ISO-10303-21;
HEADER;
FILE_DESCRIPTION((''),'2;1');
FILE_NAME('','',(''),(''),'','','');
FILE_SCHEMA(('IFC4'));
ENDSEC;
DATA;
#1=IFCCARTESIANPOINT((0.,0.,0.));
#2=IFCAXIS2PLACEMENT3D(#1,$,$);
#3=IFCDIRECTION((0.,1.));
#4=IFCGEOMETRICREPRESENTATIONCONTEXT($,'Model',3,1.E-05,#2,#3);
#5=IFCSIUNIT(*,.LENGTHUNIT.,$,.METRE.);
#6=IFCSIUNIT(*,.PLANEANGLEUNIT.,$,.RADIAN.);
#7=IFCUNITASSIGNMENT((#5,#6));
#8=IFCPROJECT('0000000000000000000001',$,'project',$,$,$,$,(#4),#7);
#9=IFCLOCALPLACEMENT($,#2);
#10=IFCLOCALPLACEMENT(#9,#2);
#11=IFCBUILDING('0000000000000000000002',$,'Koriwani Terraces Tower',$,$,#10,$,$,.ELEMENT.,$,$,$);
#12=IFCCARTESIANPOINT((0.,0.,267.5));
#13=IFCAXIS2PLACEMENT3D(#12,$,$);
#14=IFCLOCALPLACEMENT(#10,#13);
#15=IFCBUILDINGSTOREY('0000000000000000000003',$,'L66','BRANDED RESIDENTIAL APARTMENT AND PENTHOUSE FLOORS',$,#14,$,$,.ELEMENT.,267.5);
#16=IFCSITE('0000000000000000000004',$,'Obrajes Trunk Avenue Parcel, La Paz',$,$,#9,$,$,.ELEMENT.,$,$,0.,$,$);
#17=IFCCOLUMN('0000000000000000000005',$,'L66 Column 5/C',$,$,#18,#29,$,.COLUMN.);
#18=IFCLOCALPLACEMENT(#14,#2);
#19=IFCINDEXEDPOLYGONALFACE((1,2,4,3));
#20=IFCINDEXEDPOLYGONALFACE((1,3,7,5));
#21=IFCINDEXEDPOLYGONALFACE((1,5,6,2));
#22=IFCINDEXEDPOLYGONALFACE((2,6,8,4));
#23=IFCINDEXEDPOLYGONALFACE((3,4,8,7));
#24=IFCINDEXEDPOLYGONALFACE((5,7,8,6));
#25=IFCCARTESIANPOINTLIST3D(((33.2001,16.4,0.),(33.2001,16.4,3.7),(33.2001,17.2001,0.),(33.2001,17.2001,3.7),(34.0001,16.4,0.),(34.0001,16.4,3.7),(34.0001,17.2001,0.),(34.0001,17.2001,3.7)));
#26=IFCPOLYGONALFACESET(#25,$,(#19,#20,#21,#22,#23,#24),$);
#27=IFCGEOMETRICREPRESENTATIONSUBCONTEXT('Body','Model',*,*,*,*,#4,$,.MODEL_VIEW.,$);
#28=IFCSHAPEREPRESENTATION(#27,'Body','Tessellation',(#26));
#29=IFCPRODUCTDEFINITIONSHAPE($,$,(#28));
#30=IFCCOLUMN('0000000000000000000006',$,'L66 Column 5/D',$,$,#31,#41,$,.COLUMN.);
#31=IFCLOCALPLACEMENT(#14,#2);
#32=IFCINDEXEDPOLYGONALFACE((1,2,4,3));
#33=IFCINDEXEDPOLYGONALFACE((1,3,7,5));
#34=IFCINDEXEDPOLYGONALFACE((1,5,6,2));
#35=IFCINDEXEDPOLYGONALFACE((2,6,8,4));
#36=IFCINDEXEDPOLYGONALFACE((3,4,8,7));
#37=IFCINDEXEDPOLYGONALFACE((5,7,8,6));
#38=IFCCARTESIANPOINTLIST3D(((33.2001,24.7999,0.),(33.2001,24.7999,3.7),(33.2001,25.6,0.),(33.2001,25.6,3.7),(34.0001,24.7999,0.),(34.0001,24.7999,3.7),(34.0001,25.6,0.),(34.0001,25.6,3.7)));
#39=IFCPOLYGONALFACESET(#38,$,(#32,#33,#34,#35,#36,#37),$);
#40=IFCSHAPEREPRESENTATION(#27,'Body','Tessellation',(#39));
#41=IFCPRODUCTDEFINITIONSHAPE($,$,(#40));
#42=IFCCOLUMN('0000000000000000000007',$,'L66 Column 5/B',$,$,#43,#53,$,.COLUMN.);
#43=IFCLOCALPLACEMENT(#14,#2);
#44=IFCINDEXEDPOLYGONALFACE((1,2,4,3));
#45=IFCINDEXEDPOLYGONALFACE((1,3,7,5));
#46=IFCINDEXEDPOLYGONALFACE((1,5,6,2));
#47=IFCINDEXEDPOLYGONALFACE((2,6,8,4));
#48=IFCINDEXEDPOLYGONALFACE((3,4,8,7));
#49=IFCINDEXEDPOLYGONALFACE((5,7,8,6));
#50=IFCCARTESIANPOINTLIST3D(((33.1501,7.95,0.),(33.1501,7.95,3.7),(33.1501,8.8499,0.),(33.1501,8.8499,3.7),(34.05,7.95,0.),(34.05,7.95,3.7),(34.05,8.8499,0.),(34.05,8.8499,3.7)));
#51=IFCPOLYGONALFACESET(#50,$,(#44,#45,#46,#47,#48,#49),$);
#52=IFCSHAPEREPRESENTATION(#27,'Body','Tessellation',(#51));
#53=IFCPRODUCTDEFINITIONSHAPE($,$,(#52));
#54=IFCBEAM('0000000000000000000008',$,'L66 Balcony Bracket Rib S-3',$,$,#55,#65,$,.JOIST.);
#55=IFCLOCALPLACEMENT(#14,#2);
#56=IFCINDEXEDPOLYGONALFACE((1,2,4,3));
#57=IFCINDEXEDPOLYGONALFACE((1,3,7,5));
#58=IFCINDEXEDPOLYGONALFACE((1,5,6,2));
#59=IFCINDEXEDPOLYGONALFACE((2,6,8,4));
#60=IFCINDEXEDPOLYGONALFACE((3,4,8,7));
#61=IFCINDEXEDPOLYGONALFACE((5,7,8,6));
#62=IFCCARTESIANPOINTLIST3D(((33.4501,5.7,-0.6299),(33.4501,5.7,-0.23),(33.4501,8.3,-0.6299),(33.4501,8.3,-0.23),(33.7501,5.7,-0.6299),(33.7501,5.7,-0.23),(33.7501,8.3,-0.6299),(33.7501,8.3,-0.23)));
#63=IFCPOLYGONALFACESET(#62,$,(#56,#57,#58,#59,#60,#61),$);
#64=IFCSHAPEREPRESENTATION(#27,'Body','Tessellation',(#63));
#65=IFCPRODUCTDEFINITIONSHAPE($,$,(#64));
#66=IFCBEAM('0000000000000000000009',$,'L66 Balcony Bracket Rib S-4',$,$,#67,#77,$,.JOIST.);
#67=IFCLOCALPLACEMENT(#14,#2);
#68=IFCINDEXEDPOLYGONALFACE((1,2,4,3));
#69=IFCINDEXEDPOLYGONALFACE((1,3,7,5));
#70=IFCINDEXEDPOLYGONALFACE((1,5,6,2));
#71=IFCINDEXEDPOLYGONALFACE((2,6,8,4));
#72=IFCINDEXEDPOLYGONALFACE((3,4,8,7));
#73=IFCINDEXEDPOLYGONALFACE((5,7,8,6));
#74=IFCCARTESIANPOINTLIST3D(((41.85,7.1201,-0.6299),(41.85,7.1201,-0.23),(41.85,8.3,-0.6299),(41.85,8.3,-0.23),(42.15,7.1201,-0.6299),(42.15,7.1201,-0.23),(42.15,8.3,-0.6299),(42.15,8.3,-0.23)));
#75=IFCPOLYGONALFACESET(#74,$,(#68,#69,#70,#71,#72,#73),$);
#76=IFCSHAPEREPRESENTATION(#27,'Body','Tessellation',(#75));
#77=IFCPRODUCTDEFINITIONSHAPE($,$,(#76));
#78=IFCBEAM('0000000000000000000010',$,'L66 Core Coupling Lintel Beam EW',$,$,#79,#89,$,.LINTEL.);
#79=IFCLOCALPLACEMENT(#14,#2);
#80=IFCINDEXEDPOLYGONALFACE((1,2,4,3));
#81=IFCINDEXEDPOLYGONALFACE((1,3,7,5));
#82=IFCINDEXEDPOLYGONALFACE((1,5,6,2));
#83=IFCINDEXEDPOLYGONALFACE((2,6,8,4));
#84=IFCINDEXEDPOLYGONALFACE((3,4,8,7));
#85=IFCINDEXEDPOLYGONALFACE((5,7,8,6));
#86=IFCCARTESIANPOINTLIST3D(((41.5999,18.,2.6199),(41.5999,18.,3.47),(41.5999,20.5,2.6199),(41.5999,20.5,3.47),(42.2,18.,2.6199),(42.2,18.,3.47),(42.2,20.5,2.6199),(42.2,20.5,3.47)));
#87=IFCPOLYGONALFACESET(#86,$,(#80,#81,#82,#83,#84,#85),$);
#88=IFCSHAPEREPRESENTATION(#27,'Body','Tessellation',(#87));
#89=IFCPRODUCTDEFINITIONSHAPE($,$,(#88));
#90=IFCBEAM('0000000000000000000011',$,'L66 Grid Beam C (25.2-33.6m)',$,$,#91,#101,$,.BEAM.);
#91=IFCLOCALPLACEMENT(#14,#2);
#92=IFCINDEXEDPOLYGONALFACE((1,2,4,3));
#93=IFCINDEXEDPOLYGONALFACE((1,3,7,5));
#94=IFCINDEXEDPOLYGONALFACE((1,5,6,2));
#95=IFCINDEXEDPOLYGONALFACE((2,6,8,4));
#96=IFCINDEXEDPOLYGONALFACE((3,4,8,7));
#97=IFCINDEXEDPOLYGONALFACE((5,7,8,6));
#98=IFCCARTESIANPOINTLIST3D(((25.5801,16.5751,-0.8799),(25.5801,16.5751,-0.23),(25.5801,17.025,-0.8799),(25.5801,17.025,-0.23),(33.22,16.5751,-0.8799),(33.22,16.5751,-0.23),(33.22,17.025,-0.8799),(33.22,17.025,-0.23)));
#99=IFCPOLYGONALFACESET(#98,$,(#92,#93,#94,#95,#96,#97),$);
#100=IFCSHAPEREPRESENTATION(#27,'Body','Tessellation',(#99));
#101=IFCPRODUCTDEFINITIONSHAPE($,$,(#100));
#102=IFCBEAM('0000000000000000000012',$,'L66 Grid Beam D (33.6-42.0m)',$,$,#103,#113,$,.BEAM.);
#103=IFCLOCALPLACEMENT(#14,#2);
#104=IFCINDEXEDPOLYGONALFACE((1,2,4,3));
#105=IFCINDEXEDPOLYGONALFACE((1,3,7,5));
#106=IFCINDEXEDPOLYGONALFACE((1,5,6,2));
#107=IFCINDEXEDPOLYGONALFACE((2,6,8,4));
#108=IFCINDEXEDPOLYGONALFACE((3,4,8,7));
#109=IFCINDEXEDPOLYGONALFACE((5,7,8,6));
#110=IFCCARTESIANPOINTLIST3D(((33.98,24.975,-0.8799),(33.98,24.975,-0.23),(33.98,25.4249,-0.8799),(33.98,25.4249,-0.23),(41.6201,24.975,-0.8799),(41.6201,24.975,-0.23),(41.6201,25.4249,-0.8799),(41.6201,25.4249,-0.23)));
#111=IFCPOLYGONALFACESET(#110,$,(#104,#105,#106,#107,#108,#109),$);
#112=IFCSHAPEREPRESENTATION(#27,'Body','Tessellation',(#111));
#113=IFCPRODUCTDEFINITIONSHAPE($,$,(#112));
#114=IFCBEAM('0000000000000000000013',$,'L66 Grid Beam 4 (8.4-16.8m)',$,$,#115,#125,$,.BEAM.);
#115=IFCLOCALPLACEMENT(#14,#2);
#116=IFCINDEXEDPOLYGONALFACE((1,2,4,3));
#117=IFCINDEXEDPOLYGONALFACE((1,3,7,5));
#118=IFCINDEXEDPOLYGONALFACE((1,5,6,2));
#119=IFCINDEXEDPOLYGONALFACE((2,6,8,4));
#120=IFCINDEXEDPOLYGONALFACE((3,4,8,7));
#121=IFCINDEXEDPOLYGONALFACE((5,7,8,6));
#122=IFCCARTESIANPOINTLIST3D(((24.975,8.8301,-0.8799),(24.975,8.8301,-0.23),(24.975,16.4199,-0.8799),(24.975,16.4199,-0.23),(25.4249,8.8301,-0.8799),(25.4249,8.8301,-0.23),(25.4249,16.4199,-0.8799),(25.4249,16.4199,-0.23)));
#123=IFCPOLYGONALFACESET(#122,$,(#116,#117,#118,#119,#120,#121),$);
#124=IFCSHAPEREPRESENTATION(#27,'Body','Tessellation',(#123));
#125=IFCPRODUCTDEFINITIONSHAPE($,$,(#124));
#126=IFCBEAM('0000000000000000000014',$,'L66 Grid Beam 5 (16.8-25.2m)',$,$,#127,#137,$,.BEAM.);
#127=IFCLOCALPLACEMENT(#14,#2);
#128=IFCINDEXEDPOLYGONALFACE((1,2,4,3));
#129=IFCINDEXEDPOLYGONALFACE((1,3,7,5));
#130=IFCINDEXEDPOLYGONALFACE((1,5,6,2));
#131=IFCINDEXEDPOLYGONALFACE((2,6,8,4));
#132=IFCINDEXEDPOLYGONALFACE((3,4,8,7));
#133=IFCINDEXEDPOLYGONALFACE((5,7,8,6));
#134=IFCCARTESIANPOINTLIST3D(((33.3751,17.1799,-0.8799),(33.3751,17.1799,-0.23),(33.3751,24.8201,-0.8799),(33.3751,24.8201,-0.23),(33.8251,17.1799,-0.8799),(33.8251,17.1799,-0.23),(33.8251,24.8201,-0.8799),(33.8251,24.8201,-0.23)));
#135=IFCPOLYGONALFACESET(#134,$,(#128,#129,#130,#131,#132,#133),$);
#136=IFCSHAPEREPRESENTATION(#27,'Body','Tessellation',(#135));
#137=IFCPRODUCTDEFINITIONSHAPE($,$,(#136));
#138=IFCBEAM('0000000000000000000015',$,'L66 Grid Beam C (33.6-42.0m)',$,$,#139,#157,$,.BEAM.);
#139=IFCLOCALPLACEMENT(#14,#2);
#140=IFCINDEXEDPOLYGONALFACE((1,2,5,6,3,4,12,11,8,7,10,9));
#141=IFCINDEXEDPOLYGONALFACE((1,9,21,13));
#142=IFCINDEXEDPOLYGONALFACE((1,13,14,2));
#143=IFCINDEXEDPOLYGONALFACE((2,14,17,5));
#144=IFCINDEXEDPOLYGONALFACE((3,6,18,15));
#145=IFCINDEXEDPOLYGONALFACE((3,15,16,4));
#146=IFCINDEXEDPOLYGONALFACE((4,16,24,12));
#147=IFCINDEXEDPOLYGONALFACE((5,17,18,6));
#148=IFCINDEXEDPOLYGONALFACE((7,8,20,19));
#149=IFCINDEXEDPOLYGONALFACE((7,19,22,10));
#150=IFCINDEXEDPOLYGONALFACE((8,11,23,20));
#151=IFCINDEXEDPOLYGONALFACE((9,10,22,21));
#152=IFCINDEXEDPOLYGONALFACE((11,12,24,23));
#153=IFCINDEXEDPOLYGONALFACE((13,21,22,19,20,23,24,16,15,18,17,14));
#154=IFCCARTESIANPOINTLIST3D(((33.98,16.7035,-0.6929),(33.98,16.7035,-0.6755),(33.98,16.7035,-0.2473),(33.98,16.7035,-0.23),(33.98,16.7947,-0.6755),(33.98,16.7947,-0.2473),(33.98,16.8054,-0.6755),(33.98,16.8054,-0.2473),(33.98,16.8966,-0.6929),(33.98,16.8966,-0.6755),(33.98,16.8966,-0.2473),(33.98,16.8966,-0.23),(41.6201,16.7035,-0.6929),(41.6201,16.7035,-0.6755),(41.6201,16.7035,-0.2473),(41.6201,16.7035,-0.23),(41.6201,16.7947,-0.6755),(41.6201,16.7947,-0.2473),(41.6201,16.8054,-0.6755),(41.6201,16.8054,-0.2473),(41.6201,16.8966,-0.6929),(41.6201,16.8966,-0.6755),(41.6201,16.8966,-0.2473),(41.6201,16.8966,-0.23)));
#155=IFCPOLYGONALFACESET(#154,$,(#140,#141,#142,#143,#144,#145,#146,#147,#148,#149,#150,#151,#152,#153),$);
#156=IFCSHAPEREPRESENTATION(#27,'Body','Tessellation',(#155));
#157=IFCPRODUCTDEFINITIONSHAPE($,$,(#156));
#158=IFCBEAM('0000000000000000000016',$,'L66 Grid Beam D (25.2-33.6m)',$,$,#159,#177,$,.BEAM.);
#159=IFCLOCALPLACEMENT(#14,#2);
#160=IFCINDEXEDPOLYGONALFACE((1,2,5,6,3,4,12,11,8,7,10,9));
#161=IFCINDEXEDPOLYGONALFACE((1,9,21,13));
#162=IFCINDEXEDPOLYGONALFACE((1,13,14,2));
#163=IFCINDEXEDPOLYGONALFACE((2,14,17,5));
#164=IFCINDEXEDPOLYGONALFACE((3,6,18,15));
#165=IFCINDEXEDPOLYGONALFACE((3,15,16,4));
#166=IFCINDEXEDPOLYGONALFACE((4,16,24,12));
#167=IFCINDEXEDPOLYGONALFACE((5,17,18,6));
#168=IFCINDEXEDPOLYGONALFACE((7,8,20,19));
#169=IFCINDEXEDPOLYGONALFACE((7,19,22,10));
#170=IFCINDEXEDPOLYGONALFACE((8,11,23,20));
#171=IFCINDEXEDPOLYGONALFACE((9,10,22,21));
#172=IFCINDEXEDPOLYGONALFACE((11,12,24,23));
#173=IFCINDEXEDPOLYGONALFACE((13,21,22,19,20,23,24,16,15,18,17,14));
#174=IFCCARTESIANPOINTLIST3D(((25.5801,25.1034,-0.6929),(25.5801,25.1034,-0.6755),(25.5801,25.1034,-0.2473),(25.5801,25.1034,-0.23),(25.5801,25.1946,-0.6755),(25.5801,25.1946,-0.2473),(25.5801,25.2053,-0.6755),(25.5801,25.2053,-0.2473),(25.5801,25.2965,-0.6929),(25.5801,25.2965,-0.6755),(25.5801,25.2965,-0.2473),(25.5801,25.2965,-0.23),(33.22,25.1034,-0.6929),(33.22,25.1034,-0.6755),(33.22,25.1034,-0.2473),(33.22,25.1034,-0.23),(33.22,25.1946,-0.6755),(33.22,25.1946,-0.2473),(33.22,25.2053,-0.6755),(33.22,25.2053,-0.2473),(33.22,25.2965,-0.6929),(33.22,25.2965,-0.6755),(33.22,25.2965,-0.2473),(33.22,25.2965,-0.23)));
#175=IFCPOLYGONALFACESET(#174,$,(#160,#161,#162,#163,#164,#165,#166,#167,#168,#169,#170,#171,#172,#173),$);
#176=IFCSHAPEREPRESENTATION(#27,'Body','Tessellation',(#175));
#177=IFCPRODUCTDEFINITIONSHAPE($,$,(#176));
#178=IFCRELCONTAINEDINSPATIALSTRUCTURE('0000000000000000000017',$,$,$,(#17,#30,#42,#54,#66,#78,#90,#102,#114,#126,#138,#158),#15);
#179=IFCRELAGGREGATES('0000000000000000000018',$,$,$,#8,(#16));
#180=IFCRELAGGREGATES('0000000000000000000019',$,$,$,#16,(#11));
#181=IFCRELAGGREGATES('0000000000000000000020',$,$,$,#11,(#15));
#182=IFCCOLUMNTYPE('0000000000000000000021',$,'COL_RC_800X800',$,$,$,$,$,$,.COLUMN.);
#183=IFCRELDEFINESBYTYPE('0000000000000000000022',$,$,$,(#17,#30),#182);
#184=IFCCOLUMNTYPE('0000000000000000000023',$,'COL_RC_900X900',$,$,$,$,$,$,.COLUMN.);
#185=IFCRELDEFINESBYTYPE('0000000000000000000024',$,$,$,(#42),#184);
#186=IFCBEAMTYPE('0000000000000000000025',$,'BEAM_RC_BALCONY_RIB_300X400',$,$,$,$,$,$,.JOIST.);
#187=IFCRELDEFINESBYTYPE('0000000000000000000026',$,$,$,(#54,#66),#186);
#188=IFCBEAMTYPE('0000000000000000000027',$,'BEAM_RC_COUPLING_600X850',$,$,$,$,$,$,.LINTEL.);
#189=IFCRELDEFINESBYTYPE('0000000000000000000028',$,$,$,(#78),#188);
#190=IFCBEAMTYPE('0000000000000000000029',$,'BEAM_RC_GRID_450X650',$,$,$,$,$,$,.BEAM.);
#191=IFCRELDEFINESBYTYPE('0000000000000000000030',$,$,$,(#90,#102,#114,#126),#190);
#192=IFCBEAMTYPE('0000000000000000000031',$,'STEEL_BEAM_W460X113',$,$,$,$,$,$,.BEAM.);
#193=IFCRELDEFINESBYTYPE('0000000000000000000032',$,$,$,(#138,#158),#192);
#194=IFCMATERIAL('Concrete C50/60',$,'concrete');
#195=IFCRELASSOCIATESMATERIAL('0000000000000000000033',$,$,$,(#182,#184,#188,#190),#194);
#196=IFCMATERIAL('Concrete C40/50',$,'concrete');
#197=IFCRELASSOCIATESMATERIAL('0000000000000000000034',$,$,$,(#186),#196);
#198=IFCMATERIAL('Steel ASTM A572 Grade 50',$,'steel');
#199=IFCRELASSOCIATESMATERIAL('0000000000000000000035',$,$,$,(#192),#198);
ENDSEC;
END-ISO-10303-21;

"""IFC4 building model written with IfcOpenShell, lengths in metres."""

from ifc_helpers import new_model, si_unit, direction, frame, origin, origin_2d, place, context, subcontext, project, spatial, rectangle, i_section, extrude, material, material_profile, profile_set, type_object, element, save


model = new_model("IFC4")

# Units and contexts
model_context = context("Model", 3, precision=1e-05, world=origin(), true_north=direction((0.0, 1.0)))
body_context = subcontext(model_context, "Body", "Model", "MODEL_VIEW")
ifc_project = project(units=[si_unit("LENGTHUNIT", "METRE"), si_unit("PLANEANGLEUNIT", "RADIAN")], contexts=[model_context])

# Site, building, storey
site_placement = place(None, origin())
site = spatial("IfcSite", under=ifc_project, at=site_placement, Name="Obrajes Trunk Avenue Parcel, La Paz", CompositionType="ELEMENT", RefElevation=0.0)
building_placement = place(site_placement, origin())
building = spatial("IfcBuilding", under=site, at=building_placement, Name="Koriwani Terraces Tower", CompositionType="ELEMENT")
storey_placement = place(building_placement, frame((0.0, 0.0, 267.5)))
storey = spatial("IfcBuildingStorey", under=building, at=storey_placement, Name="L66", Description="BRANDED RESIDENTIAL APARTMENT AND PENTHOUSE FLOORS", CompositionType="ELEMENT", Elevation=267.5)

# Columns
ifc_material_1 = material(Name="Concrete C50/60", Category="concrete")
ifc_material_profile_1 = material_profile(ifc_material_1, rectangle(XDim=0.8, YDim=0.8, at=origin_2d()), Name="Concrete C50/60", Category="LoadBearing")
ifc_profile_set_1 = profile_set([ifc_material_profile_1], Name="Concrete C50/60")
column_type_1 = type_object("IfcColumnType", Name="COL_RC_800X800", PredefinedType="COLUMN", material=ifc_profile_set_1)
for number, where, z_axis, x_axis, name in (
    (1, (33.6001, 16.8, 0.0), (0.0, 0.0, 1.0), (1.0, 0.0, 0.0), "L66 Column 5/C"),
    (2, (33.6001, 25.2, 0.0), (0.0, 0.0, 1.0), (1.0, 0.0, 0.0), "L66 Column 5/D"),
):
    element("IfcColumn", number, at=place(storey_placement, frame(where, z_axis=z_axis, x_axis=x_axis)), inside=storey, type_object=column_type_1, Name=name, PredefinedType="COLUMN", context=body_context, shape_type="SweptSolid", body=[
        extrude(rectangle(XDim=0.8, YDim=0.8, at=origin_2d()), origin(), (0.0, 0.0, 1.0), 3.7),
    ])
ifc_material_profile_2 = material_profile(ifc_material_1, rectangle(XDim=0.8999, YDim=0.8999, at=origin_2d()), Name="Concrete C50/60", Category="LoadBearing")
ifc_profile_set_2 = profile_set([ifc_material_profile_2], Name="Concrete C50/60")
column_type_2 = type_object("IfcColumnType", Name="COL_RC_900X900", PredefinedType="COLUMN", material=ifc_profile_set_2)
column_placement = place(storey_placement, frame((33.6001, 8.3999, 0.0), z_axis=(0.0, 0.0, 1.0), x_axis=(1.0, 0.0, 0.0)))
element("IfcColumn", 3, at=column_placement, inside=storey, type_object=column_type_2, Name="L66 Column 5/B", PredefinedType="COLUMN", context=body_context, shape_type="SweptSolid", body=[
    extrude(rectangle(XDim=0.8999, YDim=0.8999, at=origin_2d()), origin(), (0.0, 0.0, 1.0), 3.7),
])

# Beams
ifc_material_2 = material(Name="Concrete C40/50", Category="concrete")
ifc_material_profile_3 = material_profile(ifc_material_2, rectangle(XDim=0.3, YDim=0.3999, at=origin_2d()), Name="Concrete C40/50", Category="LoadBearing")
ifc_profile_set_3 = profile_set([ifc_material_profile_3], Name="Concrete C40/50")
beam_type_1 = type_object("IfcBeamType", Name="BEAM_RC_BALCONY_RIB_300X400", PredefinedType="JOIST", material=ifc_profile_set_3)
beam_1_placement = place(storey_placement, frame((33.6001, 5.7, -0.4299), z_axis=(0.0, 1.0, 0.0), x_axis=(-1.0, 0.0, 0.0)))
element("IfcBeam", 4, at=beam_1_placement, inside=storey, type_object=beam_type_1, Name="L66 Balcony Bracket Rib S-3", PredefinedType="JOIST", context=body_context, shape_type="SweptSolid", body=[
    extrude(rectangle(XDim=0.3, YDim=0.3999, at=origin_2d()), origin(), (0.0, 0.0, 1.0), 2.6001),
])
beam_2_placement = place(storey_placement, frame((42.0, 7.1201, -0.4299), z_axis=(0.0, 1.0, 0.0), x_axis=(-1.0, 0.0, 0.0)))
element("IfcBeam", 5, at=beam_2_placement, inside=storey, type_object=beam_type_1, Name="L66 Balcony Bracket Rib S-4", PredefinedType="JOIST", context=body_context, shape_type="SweptSolid", body=[
    extrude(rectangle(XDim=0.3, YDim=0.3999, at=origin_2d()), origin(), (0.0, 0.0, 1.0), 1.1799),
])
ifc_material_profile_4 = material_profile(ifc_material_1, rectangle(XDim=0.6001, YDim=0.8501, at=origin_2d()), Name="Concrete C50/60", Category="LoadBearing")
ifc_profile_set_4 = profile_set([ifc_material_profile_4], Name="Concrete C50/60")
beam_type_2 = type_object("IfcBeamType", Name="BEAM_RC_COUPLING_600X850", PredefinedType="LINTEL", material=ifc_profile_set_4)
beam_3_placement = place(storey_placement, frame((41.8999, 18.0, 3.0449), z_axis=(0.0, 1.0, 0.0), x_axis=(-1.0, 0.0, 0.0)))
element("IfcBeam", 6, at=beam_3_placement, inside=storey, type_object=beam_type_2, Name="L66 Core Coupling Lintel Beam EW", PredefinedType="LINTEL", context=body_context, shape_type="SweptSolid", body=[
    extrude(rectangle(XDim=0.6001, YDim=0.8501, at=origin_2d()), origin(), (0.0, 0.0, 1.0), 2.5),
])
ifc_material_profile_5 = material_profile(ifc_material_1, rectangle(XDim=0.45, YDim=0.6499, at=origin_2d()), Name="Concrete C50/60", Category="LoadBearing")
ifc_profile_set_5 = profile_set([ifc_material_profile_5], Name="Concrete C50/60")
beam_type_3 = type_object("IfcBeamType", Name="BEAM_RC_GRID_450X650", PredefinedType="BEAM", material=ifc_profile_set_5)
beam_4_placement = place(storey_placement, frame((25.5801, 16.8, -0.5549), z_axis=(1.0, 0.0, 0.0), x_axis=(0.0, 1.0, 0.0)))
element("IfcBeam", 7, at=beam_4_placement, inside=storey, type_object=beam_type_3, Name="L66 Grid Beam C (25.2-33.6m)", PredefinedType="BEAM", context=body_context, shape_type="SweptSolid", body=[
    extrude(rectangle(XDim=0.45, YDim=0.6499, at=origin_2d()), origin(), (0.0, 0.0, 1.0), 7.6399),
])
beam_5_placement = place(storey_placement, frame((33.98, 25.2, -0.5549), z_axis=(1.0, 0.0, 0.0), x_axis=(0.0, 1.0, 0.0)))
element("IfcBeam", 8, at=beam_5_placement, inside=storey, type_object=beam_type_3, Name="L66 Grid Beam D (33.6-42.0m)", PredefinedType="BEAM", context=body_context, shape_type="SweptSolid", body=[
    extrude(rectangle(XDim=0.45, YDim=0.6499, at=origin_2d()), origin(), (0.0, 0.0, 1.0), 7.6401),
])
beam_6_placement = place(storey_placement, frame((25.2, 8.8301, -0.5549), z_axis=(0.0, 1.0, 0.0), x_axis=(-1.0, 0.0, 0.0)))
element("IfcBeam", 9, at=beam_6_placement, inside=storey, type_object=beam_type_3, Name="L66 Grid Beam 4 (8.4-16.8m)", PredefinedType="BEAM", context=body_context, shape_type="SweptSolid", body=[
    extrude(rectangle(XDim=0.45, YDim=0.6499, at=origin_2d()), origin(), (0.0, 0.0, 1.0), 7.5898),
])
beam_7_placement = place(storey_placement, frame((33.6001, 17.1799, -0.5549), z_axis=(0.0, 1.0, 0.0), x_axis=(-1.0, 0.0, 0.0)))
element("IfcBeam", 10, at=beam_7_placement, inside=storey, type_object=beam_type_3, Name="L66 Grid Beam 5 (16.8-25.2m)", PredefinedType="BEAM", context=body_context, shape_type="SweptSolid", body=[
    extrude(rectangle(XDim=0.45, YDim=0.6499, at=origin_2d()), origin(), (0.0, 0.0, 1.0), 7.6401),
])
ifc_material_3 = material(Name="Steel ASTM A572 Grade 50", Category="steel")
ifc_material_profile_6 = material_profile(ifc_material_3, i_section(OverallWidth=0.1931, OverallDepth=0.4629, WebThickness=0.0107, FlangeThickness=0.0173, at=origin_2d()), Name="Steel ASTM A572 Grade 50", Category="LoadBearing")
ifc_profile_set_6 = profile_set([ifc_material_profile_6], Name="Steel ASTM A572 Grade 50")
beam_type_4 = type_object("IfcBeamType", Name="STEEL_BEAM_W460X113", PredefinedType="BEAM", material=ifc_profile_set_6)
beam_8_placement = place(storey_placement, frame((33.98, 16.8, -0.4614), z_axis=(1.0, 0.0, 0.0), x_axis=(0.0, 1.0, 0.0)))
element("IfcBeam", 11, at=beam_8_placement, inside=storey, type_object=beam_type_4, Name="L66 Grid Beam C (33.6-42.0m)", PredefinedType="BEAM", context=body_context, shape_type="SweptSolid", body=[
    extrude(i_section(OverallWidth=0.1931, OverallDepth=0.4629, WebThickness=0.0107, FlangeThickness=0.0173, at=origin_2d()), origin(), (0.0, 0.0, 1.0), 7.6401),
])
beam_9_placement = place(storey_placement, frame((25.5801, 25.2, -0.4614), z_axis=(1.0, 0.0, 0.0), x_axis=(0.0, 1.0, 0.0)))
element("IfcBeam", 12, at=beam_9_placement, inside=storey, type_object=beam_type_4, Name="L66 Grid Beam D (25.2-33.6m)", PredefinedType="BEAM", context=body_context, shape_type="SweptSolid", body=[
    extrude(i_section(OverallWidth=0.1931, OverallDepth=0.4629, WebThickness=0.0107, FlangeThickness=0.0173, at=origin_2d()), origin(), (0.0, 0.0, 1.0), 7.6399),
])

save(model, "model.ifc")
